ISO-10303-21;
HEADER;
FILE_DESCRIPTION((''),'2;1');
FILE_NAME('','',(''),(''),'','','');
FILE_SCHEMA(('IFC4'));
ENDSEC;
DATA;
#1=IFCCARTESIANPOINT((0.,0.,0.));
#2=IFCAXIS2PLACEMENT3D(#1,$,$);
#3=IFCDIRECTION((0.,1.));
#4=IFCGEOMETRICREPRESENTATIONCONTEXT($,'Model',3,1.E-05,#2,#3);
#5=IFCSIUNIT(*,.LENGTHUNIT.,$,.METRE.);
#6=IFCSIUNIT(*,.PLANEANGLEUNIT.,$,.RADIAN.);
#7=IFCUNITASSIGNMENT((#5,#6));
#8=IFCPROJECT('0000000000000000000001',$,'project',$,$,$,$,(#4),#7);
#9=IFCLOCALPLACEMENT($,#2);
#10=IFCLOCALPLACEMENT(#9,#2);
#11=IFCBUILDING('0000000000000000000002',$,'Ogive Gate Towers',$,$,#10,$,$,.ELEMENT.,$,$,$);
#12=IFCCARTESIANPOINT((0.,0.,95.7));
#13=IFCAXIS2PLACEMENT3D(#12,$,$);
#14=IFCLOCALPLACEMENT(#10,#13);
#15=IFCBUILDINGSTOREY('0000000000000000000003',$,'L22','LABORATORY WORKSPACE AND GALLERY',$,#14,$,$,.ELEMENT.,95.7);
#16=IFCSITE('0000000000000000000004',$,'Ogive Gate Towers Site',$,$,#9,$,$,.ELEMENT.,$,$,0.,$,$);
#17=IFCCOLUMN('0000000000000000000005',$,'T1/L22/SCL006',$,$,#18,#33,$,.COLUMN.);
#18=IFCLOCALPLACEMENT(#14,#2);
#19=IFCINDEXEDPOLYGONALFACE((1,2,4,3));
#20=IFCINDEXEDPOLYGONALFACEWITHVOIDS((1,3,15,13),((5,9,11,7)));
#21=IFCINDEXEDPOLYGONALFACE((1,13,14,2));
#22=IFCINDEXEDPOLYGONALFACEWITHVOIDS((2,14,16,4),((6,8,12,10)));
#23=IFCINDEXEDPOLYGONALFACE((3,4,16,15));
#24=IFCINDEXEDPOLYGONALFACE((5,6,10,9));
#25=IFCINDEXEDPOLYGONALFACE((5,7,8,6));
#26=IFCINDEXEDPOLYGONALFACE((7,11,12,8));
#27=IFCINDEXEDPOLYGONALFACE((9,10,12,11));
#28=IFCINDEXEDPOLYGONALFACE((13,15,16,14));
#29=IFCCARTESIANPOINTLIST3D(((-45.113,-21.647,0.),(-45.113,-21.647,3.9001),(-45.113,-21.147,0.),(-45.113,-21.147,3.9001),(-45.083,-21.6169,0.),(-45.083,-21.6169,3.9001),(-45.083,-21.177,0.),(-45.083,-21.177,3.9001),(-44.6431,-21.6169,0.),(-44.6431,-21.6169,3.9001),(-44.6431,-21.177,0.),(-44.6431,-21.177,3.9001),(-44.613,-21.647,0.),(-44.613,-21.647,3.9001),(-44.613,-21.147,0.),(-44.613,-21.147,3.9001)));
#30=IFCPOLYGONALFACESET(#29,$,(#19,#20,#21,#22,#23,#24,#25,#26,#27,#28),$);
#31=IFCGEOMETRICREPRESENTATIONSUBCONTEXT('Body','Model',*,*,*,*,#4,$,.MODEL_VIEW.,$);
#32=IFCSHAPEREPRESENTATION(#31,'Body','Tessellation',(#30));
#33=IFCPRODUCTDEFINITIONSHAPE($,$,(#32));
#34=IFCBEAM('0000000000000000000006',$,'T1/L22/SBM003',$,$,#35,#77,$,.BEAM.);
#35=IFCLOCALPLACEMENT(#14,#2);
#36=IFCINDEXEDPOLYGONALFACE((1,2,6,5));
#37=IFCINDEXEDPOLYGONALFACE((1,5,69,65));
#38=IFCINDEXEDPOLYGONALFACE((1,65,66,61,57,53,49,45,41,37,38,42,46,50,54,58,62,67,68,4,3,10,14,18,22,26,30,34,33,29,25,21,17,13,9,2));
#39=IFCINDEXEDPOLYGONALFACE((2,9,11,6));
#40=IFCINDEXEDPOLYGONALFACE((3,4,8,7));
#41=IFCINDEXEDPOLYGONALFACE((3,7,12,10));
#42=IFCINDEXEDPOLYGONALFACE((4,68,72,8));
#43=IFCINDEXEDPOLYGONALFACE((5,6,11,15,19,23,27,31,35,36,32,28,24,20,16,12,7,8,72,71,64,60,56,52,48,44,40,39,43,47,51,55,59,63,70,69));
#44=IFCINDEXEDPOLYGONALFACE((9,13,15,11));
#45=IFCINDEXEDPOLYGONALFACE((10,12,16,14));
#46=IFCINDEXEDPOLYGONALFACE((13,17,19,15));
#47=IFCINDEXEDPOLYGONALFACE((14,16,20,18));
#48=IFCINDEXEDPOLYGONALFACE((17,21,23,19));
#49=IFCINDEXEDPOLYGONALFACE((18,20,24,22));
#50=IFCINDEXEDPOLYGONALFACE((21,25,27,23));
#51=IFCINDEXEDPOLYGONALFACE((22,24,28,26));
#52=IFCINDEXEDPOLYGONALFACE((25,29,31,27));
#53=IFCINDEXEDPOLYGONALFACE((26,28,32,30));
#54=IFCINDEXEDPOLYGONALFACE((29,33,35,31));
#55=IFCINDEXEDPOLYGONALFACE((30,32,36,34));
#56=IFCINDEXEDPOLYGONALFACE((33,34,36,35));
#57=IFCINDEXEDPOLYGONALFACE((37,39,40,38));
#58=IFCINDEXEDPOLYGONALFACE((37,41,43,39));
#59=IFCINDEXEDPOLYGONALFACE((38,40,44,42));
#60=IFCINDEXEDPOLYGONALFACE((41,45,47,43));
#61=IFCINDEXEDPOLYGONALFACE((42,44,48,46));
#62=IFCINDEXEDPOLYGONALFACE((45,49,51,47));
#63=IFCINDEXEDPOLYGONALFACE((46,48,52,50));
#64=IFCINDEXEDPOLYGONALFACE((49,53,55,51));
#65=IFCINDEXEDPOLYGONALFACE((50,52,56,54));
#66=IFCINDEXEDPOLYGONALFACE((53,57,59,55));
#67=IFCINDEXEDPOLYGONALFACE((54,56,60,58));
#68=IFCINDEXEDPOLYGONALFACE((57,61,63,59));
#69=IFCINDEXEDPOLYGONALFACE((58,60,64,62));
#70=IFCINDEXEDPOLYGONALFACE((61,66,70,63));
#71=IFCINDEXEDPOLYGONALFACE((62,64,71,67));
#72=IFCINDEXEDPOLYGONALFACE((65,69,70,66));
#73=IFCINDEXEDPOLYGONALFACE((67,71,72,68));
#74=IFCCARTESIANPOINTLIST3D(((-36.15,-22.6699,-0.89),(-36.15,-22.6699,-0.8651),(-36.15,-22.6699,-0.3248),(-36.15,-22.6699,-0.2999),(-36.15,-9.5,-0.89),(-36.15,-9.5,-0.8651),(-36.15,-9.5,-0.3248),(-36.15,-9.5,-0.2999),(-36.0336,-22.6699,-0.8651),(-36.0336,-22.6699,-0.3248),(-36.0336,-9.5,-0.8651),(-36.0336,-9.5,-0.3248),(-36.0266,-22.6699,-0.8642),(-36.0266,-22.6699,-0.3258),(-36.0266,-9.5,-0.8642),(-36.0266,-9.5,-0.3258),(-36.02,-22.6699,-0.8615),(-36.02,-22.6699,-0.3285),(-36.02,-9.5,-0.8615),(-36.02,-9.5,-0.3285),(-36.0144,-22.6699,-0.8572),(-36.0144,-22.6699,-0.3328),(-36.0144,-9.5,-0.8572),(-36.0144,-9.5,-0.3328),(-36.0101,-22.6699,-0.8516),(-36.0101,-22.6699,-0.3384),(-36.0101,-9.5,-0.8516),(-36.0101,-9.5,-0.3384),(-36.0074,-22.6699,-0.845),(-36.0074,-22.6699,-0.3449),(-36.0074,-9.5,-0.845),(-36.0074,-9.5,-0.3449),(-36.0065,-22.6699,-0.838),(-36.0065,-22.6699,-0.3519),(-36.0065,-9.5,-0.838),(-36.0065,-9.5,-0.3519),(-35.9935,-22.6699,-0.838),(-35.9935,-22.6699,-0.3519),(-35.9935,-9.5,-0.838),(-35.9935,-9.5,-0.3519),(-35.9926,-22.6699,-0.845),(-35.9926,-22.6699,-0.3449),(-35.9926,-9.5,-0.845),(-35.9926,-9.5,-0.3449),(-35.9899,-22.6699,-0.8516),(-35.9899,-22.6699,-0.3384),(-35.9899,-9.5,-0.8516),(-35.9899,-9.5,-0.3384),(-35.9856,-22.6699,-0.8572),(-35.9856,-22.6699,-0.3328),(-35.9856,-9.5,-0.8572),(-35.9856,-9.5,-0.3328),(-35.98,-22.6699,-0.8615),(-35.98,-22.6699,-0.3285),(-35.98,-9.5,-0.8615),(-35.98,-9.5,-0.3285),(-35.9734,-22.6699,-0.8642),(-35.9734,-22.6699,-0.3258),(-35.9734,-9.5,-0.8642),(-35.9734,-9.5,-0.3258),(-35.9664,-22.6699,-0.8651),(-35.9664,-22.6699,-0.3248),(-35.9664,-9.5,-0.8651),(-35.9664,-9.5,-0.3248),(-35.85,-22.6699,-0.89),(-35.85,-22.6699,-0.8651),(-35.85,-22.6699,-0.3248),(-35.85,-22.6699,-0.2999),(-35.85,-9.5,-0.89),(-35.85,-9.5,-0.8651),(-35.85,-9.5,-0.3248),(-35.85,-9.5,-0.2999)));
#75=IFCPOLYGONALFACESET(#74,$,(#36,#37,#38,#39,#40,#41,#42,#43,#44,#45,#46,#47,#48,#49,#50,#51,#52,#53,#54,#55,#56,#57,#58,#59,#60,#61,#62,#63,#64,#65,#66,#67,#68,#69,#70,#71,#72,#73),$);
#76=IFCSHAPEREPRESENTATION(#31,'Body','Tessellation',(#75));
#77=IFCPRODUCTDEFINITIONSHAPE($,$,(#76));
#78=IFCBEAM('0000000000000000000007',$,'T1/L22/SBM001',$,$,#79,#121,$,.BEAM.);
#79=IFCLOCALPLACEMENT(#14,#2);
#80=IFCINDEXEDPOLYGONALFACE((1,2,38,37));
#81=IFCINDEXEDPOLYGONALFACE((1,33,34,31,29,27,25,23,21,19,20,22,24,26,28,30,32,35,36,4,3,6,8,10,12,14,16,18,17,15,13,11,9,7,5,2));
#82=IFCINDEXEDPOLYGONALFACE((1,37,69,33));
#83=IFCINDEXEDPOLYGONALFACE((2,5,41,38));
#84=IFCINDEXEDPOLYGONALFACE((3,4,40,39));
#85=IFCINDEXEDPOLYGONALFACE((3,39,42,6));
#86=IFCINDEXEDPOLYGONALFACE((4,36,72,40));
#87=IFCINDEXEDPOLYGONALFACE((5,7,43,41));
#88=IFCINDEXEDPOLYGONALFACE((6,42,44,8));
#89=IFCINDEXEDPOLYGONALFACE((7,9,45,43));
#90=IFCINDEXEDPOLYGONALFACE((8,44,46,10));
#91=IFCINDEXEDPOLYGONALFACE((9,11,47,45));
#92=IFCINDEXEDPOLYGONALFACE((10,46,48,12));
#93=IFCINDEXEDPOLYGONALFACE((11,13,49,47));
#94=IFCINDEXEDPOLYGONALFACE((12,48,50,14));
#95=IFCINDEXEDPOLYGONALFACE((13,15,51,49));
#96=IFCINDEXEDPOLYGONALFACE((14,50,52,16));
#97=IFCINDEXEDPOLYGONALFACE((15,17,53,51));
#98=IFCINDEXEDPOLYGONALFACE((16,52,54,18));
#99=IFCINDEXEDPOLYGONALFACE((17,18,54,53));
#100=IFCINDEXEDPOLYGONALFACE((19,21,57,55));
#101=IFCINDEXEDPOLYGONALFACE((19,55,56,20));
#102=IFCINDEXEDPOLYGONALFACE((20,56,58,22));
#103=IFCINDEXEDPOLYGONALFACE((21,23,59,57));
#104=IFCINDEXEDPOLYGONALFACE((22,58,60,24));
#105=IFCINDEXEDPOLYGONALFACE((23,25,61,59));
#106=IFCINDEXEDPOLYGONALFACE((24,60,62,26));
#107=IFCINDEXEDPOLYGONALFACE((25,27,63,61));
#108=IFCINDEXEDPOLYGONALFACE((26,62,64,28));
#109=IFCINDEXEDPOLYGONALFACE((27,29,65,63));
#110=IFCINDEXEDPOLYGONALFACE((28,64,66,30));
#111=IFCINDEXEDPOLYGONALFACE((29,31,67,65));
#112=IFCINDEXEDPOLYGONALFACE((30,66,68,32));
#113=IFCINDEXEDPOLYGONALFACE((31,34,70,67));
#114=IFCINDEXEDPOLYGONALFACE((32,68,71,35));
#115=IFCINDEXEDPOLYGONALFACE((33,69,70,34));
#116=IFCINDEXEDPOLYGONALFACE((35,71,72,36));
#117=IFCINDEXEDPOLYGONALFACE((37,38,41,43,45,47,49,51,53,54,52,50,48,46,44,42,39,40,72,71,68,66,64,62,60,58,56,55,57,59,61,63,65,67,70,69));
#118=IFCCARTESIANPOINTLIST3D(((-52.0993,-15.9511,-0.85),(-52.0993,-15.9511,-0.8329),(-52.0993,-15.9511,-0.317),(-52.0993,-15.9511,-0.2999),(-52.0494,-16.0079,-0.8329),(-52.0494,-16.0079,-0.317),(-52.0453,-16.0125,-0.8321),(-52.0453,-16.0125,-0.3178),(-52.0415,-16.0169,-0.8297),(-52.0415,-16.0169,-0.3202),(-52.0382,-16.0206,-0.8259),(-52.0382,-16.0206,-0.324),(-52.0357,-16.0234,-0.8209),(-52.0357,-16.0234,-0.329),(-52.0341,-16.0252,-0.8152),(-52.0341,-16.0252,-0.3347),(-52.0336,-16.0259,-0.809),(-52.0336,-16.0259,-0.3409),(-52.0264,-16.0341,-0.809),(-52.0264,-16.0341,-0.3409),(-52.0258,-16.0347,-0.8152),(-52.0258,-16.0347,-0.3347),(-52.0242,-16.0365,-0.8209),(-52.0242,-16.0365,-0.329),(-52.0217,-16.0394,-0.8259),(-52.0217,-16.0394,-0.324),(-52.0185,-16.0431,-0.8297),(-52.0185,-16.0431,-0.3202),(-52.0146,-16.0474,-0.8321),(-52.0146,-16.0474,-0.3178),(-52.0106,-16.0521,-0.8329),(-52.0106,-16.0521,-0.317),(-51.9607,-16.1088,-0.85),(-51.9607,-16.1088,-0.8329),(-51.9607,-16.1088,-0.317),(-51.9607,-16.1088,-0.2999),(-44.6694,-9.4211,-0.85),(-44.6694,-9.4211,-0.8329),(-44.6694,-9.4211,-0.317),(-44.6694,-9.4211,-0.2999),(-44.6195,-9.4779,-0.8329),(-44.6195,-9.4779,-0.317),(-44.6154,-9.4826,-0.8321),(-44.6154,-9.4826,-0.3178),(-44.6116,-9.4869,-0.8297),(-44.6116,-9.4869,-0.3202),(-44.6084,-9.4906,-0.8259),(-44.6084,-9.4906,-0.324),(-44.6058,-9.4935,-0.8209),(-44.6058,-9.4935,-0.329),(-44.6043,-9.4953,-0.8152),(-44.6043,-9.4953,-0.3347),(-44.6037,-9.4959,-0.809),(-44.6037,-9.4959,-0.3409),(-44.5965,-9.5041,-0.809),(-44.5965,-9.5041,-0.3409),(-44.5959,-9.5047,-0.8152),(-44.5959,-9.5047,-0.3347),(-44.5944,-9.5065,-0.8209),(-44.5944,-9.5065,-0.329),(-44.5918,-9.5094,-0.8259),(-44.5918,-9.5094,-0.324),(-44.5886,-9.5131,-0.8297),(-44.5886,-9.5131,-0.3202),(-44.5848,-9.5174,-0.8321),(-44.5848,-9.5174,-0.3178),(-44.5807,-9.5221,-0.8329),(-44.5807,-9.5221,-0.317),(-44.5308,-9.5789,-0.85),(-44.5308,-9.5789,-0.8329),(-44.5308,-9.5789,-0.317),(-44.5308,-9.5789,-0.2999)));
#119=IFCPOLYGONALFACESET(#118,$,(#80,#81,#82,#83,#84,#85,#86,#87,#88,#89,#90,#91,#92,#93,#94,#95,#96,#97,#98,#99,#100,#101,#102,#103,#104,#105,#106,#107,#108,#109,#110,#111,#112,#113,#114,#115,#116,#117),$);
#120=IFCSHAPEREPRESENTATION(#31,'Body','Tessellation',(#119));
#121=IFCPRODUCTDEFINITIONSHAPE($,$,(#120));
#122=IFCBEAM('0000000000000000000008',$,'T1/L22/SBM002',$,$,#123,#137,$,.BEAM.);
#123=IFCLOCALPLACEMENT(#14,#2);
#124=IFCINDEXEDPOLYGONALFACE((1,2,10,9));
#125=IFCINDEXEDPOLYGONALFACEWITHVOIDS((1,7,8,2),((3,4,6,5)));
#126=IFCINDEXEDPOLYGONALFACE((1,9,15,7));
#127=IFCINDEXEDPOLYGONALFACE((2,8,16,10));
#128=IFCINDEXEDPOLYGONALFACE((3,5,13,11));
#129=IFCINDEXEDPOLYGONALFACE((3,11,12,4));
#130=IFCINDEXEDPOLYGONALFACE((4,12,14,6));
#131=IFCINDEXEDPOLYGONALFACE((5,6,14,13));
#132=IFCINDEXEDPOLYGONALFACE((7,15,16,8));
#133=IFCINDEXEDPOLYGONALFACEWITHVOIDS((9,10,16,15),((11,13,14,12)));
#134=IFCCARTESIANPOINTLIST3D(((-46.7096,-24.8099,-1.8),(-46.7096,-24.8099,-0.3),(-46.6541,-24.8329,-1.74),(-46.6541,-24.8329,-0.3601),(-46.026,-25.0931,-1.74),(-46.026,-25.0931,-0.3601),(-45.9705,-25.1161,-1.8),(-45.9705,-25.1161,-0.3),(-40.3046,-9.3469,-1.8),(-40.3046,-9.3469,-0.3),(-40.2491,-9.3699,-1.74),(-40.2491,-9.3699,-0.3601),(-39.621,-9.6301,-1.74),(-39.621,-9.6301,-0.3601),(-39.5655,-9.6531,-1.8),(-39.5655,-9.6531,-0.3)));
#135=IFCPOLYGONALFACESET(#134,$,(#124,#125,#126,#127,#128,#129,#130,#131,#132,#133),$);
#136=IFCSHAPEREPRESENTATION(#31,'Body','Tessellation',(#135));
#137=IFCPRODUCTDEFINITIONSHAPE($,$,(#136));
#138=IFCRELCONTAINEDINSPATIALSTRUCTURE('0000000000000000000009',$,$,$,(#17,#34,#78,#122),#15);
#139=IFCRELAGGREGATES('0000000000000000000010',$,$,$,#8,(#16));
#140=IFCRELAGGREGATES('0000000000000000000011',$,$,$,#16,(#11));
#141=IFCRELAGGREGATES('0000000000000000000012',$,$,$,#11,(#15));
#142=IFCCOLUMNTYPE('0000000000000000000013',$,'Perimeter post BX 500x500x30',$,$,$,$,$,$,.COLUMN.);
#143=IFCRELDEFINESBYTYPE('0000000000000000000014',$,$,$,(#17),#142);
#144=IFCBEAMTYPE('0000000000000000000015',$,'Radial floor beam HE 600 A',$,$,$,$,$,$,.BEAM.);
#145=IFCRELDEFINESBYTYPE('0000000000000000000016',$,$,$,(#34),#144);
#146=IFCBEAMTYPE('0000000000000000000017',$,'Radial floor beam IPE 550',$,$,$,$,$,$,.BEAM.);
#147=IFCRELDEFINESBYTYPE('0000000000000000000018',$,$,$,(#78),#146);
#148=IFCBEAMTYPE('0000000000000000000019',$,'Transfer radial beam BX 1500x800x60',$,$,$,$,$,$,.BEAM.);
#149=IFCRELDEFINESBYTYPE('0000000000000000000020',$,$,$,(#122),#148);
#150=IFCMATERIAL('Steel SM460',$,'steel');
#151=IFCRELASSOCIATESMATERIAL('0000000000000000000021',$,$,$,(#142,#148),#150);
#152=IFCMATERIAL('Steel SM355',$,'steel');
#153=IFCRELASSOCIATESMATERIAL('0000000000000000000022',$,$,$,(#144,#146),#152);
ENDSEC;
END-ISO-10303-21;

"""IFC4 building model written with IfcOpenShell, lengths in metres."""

from ifc_helpers import new_model, si_unit, direction, frame, origin, origin_2d, place, context, subcontext, project, spatial, hollow_rectangle, i_section, extrude, material, material_profile, profile_set, type_object, element, save


model = new_model("IFC4")

# Units and contexts
model_context = context("Model", 3, precision=1e-05, world=origin(), true_north=direction((0.0, 1.0)))
body_context = subcontext(model_context, "Body", "Model", "MODEL_VIEW")
ifc_project = project(units=[si_unit("LENGTHUNIT", "METRE"), si_unit("PLANEANGLEUNIT", "RADIAN")], contexts=[model_context])

# Site, building, storey
site_placement = place(None, origin())
site = spatial("IfcSite", under=ifc_project, at=site_placement, Name="Ogive Gate Towers Site", CompositionType="ELEMENT", RefElevation=0.0)
building_placement = place(site_placement, origin())
building = spatial("IfcBuilding", under=site, at=building_placement, Name="Ogive Gate Towers", CompositionType="ELEMENT")
storey_placement = place(building_placement, frame((0.0, 0.0, 95.7)))
storey = spatial("IfcBuildingStorey", under=building, at=storey_placement, Name="L22", Description="LABORATORY WORKSPACE AND GALLERY", CompositionType="ELEMENT", Elevation=95.7)

# Column
ifc_material_1 = material(Name="Steel SM460", Category="steel")
ifc_material_profile_1 = material_profile(ifc_material_1, hollow_rectangle(XDim=0.5, YDim=0.5, WallThickness=0.03, at=origin_2d()), Name="BX 500x500x30")
ifc_profile_set_1 = profile_set([ifc_material_profile_1], Name="Steel SM460")
column_type = type_object("IfcColumnType", Name="Perimeter post BX 500x500x30", PredefinedType="COLUMN", material=ifc_profile_set_1)
column_placement = place(storey_placement, frame((-44.863, -21.397, 0.0), z_axis=(0.0, 0.0, 1.0), x_axis=(1.0, 0.0, 0.0)))
element("IfcColumn", 1, at=column_placement, inside=storey, type_object=column_type, Name="T1/L22/SCL006", PredefinedType="COLUMN", context=body_context, shape_type="SweptSolid", body=[
    extrude(hollow_rectangle(XDim=0.5, YDim=0.5, WallThickness=0.03, at=origin_2d()), origin(), (0.0, 0.0, 1.0), 3.9001),
])

# Beams
ifc_material_2 = material(Name="Steel SM355", Category="steel")
ifc_material_profile_2 = material_profile(ifc_material_2, i_section(OverallWidth=0.3, OverallDepth=0.5901, WebThickness=0.0129, FlangeThickness=0.0249, FilletRadius=0.0271, at=origin_2d()), Name="HE 600 A")
ifc_profile_set_2 = profile_set([ifc_material_profile_2], Name="Steel SM355")
beam_type_1 = type_object("IfcBeamType", Name="Radial floor beam HE 600 A", PredefinedType="BEAM", material=ifc_profile_set_2)
beam_1_placement = place(storey_placement, frame((-36.0, -9.5, -0.595), z_axis=(0.0, -1.0, 0.0), x_axis=(1.0, 0.0, 0.0)))
element("IfcBeam", 2, at=beam_1_placement, inside=storey, type_object=beam_type_1, Name="T1/L22/SBM003", PredefinedType="BEAM", context=body_context, shape_type="SweptSolid", body=[
    extrude(i_section(OverallWidth=0.3, OverallDepth=0.5901, WebThickness=0.0129, FlangeThickness=0.0249, FilletRadius=0.0271, at=origin_2d()), origin(), (0.0, 0.0, 1.0), 13.1699),
])
ifc_material_profile_3 = material_profile(ifc_material_2, i_section(OverallWidth=0.21, OverallDepth=0.55, WebThickness=0.011, FlangeThickness=0.0171, FilletRadius=0.0239, at=origin_2d()), Name="IPE 550")
ifc_profile_set_3 = profile_set([ifc_material_profile_3], Name="Steel SM355")
beam_type_2 = type_object("IfcBeamType", Name="Radial floor beam IPE 550", PredefinedType="BEAM", material=ifc_profile_set_3)
beam_2_placement = place(storey_placement, frame((-44.6001, -9.5, -0.575), z_axis=(-0.75113, -0.660154, 0.0), x_axis=(0.660154, -0.75113, 0.0)))
element("IfcBeam", 3, at=beam_2_placement, inside=storey, type_object=beam_type_2, Name="T1/L22/SBM001", PredefinedType="BEAM", context=body_context, shape_type="SweptSolid", body=[
    extrude(i_section(OverallWidth=0.21, OverallDepth=0.55, WebThickness=0.011, FlangeThickness=0.0171, FilletRadius=0.0239, at=origin_2d()), origin(), (0.0, 0.0, 1.0), 9.8916),
])
ifc_material_profile_4 = material_profile(ifc_material_1, hollow_rectangle(XDim=0.8, YDim=1.5, WallThickness=0.0601, at=origin_2d()), Name="BX 1500x800x60")
ifc_profile_set_4 = profile_set([ifc_material_profile_4], Name="Steel SM460")
beam_type_3 = type_object("IfcBeamType", Name="Transfer radial beam BX 1500x800x60", PredefinedType="BEAM", material=ifc_profile_set_4)
beam_3_placement = place(storey_placement, frame((-39.9351, -9.5, -1.05), z_axis=(-0.382683, -0.92388, 0.0), x_axis=(0.92388, -0.382683, 0.0)))
element("IfcBeam", 4, at=beam_3_placement, inside=storey, type_object=beam_type_3, Name="T1/L22/SBM002", PredefinedType="BEAM", context=body_context, shape_type="SweptSolid", body=[
    extrude(hollow_rectangle(XDim=0.8, YDim=1.5, WallThickness=0.0601, at=origin_2d()), origin(), (0.0, 0.0, 1.0), 16.7371),
])

save(model, "model.ifc")
